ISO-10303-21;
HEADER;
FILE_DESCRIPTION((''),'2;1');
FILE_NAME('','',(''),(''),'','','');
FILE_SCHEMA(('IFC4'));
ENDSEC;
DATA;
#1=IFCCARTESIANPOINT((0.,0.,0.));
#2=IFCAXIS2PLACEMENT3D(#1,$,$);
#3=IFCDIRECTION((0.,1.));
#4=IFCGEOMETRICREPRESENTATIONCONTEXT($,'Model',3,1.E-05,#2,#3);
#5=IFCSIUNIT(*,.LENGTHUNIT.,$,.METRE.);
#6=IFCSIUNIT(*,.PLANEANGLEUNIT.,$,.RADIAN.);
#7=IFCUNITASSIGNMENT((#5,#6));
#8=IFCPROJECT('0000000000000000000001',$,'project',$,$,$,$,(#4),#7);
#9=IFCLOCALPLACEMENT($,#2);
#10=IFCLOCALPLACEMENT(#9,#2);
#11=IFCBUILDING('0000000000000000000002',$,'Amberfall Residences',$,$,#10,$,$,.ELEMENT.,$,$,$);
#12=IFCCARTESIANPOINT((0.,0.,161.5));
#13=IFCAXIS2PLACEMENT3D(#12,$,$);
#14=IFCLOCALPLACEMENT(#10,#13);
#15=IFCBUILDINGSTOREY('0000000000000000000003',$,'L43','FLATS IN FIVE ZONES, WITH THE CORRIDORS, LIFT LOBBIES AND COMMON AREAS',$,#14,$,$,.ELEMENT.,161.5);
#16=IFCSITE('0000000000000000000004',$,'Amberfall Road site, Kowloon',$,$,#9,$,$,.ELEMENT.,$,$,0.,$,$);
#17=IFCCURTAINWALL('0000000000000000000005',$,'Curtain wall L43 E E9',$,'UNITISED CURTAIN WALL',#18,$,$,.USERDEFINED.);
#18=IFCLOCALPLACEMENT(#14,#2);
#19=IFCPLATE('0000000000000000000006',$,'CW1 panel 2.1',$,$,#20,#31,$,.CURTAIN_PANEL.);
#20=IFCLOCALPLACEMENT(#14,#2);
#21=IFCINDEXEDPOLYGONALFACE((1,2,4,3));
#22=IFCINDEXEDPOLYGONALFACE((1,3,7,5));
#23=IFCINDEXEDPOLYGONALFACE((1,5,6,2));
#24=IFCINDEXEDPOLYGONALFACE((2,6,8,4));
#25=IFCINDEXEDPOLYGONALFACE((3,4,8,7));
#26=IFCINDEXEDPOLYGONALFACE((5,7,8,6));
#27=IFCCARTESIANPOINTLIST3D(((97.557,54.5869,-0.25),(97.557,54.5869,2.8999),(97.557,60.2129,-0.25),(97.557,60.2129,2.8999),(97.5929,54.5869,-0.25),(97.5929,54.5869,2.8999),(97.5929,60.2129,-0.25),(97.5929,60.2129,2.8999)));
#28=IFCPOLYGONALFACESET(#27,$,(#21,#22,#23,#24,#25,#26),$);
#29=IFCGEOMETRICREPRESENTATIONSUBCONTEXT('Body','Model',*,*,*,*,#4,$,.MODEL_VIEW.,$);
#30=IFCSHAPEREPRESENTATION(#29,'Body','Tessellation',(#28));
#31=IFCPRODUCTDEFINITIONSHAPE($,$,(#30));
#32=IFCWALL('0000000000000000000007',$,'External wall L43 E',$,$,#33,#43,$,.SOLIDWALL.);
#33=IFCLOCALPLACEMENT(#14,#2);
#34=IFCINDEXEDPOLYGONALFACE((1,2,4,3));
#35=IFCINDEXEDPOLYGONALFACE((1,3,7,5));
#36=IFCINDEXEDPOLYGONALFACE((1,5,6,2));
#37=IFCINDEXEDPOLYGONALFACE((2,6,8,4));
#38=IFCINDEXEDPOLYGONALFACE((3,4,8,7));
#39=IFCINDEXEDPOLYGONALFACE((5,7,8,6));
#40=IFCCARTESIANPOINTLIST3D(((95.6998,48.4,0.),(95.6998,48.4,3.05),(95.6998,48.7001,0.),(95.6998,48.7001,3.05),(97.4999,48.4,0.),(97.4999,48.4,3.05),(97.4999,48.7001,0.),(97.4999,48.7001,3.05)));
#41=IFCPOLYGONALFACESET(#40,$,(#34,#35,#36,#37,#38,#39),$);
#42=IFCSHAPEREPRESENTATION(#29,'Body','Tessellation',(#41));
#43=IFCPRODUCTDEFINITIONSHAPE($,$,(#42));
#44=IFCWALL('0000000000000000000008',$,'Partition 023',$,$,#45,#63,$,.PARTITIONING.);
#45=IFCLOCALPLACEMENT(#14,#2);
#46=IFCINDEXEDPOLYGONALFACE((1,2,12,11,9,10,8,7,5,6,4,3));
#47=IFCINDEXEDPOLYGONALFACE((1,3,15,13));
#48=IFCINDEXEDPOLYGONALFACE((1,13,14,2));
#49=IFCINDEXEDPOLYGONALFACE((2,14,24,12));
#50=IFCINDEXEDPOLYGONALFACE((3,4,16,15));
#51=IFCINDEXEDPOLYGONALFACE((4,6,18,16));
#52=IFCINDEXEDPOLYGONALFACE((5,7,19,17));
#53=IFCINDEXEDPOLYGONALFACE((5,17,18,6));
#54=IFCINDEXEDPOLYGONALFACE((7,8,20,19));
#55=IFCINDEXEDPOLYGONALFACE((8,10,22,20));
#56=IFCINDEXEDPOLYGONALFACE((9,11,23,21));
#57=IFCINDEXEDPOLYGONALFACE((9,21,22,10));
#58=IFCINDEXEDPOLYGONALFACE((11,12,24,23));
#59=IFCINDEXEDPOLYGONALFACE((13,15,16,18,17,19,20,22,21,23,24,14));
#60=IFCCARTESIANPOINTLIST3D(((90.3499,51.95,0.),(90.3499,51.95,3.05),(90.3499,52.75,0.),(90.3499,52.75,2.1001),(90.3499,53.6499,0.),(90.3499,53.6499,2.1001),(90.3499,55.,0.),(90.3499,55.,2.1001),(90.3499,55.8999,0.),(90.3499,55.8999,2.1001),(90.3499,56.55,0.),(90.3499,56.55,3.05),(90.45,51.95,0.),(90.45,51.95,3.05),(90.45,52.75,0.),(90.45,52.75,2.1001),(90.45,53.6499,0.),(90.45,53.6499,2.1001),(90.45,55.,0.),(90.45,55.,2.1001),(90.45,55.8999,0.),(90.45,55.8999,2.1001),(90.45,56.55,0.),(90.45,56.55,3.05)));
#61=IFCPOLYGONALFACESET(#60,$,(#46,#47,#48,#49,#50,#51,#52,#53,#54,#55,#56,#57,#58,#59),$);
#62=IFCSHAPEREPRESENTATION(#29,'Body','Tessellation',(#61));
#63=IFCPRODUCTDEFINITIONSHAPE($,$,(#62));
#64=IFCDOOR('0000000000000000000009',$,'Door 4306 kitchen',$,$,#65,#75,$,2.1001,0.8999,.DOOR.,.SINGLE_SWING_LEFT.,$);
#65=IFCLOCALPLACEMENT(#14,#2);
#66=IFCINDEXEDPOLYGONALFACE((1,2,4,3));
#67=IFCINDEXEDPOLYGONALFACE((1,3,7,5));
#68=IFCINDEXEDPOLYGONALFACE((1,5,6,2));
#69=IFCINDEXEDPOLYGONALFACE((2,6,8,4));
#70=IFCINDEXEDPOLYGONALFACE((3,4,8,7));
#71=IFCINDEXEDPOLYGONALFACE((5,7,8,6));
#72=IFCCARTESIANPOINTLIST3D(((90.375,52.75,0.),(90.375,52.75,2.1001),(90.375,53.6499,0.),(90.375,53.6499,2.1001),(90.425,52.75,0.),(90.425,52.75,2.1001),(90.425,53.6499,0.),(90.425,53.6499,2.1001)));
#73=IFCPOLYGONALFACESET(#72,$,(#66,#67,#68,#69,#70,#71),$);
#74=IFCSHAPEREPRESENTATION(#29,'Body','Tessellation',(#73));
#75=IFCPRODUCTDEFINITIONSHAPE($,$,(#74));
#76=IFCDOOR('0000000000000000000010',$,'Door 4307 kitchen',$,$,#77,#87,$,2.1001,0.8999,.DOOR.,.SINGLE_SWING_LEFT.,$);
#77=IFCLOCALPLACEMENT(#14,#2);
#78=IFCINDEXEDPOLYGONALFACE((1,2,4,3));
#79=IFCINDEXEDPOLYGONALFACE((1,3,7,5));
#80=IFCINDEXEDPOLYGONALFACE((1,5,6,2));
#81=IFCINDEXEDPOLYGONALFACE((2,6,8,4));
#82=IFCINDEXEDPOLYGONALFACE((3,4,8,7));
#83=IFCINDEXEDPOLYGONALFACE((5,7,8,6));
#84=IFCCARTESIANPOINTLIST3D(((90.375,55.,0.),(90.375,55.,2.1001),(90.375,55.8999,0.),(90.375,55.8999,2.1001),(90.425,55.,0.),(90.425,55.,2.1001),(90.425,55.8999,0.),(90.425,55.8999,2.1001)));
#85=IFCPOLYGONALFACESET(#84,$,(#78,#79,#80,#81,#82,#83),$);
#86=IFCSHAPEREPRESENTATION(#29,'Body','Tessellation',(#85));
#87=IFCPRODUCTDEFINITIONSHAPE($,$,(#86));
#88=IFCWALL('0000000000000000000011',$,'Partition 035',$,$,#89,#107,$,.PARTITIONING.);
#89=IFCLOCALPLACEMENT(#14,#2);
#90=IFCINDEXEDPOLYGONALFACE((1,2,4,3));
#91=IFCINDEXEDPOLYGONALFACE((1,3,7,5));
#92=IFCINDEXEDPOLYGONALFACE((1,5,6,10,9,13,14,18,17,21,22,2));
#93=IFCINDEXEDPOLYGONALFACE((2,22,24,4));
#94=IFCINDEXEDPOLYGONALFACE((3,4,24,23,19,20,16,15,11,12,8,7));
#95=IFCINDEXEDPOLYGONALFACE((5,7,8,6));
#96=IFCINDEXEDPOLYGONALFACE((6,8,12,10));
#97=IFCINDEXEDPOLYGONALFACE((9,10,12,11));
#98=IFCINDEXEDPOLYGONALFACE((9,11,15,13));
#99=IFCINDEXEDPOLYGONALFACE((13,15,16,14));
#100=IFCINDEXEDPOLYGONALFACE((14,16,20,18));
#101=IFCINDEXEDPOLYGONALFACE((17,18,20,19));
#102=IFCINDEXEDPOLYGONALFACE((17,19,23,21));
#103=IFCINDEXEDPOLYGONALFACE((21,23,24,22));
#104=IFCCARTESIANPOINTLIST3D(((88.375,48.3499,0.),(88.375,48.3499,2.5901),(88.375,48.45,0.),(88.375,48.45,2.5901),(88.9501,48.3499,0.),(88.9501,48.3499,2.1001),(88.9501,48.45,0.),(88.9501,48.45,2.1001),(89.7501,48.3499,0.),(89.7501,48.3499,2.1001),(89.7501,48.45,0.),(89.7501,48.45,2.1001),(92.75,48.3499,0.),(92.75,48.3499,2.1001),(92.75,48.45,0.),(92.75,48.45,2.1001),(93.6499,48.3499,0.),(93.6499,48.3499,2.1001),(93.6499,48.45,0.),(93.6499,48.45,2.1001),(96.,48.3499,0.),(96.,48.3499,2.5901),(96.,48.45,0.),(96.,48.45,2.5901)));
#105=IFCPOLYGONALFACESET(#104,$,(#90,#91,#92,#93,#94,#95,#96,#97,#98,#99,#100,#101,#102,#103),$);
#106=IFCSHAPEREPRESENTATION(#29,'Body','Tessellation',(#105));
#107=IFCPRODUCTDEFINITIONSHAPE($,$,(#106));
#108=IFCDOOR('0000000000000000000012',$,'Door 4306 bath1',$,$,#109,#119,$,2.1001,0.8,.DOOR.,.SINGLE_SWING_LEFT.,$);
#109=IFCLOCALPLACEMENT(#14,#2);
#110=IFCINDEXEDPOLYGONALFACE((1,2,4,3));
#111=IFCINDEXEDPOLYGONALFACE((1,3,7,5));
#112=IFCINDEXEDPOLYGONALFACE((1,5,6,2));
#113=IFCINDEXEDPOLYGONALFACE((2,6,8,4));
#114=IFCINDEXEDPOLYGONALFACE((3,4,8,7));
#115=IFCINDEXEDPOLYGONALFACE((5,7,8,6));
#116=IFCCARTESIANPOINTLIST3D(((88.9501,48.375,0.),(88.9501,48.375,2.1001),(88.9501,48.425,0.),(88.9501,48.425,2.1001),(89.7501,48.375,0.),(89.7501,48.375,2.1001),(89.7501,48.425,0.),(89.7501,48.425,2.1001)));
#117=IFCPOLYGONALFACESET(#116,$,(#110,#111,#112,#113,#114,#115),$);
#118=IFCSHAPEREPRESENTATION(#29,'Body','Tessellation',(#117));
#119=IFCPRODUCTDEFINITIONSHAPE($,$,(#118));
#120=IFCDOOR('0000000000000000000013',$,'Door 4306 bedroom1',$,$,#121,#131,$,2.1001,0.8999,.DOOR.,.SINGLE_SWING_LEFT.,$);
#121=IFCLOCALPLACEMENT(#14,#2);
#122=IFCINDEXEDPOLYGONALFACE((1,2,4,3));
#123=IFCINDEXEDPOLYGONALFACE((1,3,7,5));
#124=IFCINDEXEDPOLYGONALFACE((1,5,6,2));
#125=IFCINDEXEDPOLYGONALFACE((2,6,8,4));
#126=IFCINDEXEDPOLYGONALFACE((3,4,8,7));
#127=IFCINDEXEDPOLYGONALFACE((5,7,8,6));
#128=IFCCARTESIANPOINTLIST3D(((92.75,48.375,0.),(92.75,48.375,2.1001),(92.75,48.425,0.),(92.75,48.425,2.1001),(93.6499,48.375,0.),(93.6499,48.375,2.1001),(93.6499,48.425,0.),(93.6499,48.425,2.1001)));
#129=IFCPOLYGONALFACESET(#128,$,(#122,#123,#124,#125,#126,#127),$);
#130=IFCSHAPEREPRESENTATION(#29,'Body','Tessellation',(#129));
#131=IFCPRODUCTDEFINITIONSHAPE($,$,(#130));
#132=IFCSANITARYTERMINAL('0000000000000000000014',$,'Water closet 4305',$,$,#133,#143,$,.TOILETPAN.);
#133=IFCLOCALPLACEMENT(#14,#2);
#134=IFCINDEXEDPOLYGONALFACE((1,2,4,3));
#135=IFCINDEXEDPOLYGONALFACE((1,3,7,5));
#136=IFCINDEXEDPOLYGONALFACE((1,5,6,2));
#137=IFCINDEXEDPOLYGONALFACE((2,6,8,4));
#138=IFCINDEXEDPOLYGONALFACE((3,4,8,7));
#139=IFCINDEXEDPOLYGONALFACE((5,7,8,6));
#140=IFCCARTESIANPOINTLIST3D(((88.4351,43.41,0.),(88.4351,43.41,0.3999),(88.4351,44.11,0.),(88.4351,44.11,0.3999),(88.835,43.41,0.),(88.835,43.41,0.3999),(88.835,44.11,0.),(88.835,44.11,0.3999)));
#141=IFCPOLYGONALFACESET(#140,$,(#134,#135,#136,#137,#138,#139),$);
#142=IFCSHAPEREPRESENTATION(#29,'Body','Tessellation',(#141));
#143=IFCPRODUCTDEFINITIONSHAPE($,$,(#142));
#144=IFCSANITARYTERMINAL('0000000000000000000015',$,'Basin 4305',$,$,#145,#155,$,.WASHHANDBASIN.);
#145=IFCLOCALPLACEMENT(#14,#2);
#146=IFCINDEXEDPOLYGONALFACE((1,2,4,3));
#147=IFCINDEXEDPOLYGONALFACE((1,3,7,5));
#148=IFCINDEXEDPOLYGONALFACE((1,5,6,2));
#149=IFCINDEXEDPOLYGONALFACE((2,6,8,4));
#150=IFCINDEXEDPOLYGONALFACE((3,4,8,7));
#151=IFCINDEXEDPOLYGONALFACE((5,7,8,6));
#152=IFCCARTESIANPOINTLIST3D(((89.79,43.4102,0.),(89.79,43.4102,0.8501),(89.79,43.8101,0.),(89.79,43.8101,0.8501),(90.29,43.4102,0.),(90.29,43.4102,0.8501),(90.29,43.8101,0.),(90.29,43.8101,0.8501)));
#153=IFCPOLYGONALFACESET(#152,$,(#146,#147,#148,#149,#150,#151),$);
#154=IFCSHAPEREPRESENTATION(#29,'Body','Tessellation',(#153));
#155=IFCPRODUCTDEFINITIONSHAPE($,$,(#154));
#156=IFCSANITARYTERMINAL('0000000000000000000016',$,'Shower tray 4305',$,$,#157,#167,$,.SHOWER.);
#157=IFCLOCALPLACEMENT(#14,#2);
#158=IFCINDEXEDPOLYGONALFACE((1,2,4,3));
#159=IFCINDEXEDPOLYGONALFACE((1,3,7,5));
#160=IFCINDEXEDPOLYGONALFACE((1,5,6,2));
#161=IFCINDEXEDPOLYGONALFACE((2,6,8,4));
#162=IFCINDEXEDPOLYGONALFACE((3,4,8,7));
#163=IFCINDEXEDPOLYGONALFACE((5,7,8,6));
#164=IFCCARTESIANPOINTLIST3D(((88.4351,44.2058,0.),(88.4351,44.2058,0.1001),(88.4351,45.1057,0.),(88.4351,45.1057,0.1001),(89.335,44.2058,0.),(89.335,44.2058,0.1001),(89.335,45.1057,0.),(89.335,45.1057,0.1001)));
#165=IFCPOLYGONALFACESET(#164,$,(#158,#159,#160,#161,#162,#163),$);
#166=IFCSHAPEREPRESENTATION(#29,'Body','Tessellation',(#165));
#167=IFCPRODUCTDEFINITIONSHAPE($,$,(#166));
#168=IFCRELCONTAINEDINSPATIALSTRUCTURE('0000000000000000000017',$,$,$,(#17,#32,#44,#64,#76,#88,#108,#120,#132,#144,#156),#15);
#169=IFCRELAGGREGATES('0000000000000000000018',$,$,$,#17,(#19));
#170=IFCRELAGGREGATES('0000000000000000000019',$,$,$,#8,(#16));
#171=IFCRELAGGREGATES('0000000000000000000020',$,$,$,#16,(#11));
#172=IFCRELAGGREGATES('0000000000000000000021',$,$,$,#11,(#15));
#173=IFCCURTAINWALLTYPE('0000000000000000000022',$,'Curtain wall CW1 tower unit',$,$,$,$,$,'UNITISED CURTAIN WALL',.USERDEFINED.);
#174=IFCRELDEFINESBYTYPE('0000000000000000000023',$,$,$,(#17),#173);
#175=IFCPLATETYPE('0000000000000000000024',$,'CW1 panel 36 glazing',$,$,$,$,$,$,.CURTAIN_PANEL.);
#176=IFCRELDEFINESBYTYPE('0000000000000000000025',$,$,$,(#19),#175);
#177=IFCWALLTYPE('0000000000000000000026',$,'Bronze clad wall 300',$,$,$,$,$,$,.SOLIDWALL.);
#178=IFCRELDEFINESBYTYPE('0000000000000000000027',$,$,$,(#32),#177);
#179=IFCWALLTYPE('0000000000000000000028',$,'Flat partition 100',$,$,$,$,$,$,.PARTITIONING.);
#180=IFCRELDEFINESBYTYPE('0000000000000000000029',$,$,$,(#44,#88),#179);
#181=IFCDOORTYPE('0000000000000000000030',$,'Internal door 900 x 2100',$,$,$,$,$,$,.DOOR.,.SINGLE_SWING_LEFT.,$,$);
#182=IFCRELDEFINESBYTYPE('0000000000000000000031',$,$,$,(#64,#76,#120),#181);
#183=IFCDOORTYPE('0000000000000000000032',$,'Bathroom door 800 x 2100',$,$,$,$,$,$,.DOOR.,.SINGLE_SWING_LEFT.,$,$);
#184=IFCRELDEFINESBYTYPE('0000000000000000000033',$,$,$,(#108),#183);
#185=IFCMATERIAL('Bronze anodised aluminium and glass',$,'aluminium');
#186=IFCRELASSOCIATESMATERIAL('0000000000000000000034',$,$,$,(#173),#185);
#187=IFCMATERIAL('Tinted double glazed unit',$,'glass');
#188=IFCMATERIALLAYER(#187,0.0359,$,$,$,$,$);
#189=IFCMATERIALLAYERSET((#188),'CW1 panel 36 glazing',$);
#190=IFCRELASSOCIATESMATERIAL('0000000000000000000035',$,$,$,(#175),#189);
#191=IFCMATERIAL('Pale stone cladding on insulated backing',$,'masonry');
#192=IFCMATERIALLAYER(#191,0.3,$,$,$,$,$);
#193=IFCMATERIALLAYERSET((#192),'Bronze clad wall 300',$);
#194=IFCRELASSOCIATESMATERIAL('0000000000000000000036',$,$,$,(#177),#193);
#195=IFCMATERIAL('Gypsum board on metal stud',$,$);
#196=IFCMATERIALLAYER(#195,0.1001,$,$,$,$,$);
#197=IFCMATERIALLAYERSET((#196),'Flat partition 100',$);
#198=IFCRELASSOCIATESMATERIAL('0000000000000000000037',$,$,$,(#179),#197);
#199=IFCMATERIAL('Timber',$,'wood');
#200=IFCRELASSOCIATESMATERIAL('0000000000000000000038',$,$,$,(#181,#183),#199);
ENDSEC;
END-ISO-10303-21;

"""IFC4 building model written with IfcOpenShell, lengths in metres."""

from ifc_helpers import new_model, si_unit, direction, frame, frame_2d, origin, origin_2d, place, context, subcontext, project, spatial, rectangle, extrude, material, layer, layer_set, type_object, element, fill, aggregate, save


model = new_model("IFC4")

# Units and contexts
model_context = context("Model", 3, precision=1e-05, world=origin(), true_north=direction((0.0, 1.0)))
body_context = subcontext(model_context, "Body", "Model", "MODEL_VIEW")
ifc_project = project(units=[si_unit("LENGTHUNIT", "METRE"), si_unit("PLANEANGLEUNIT", "RADIAN")], contexts=[model_context])

# Site, building, storey
site_placement = place(None, origin())
site = spatial("IfcSite", under=ifc_project, at=site_placement, Name="Amberfall Road site, Kowloon", CompositionType="ELEMENT", RefElevation=0.0)
building_placement = place(site_placement, origin())
building = spatial("IfcBuilding", under=site, at=building_placement, Name="Amberfall Residences", CompositionType="ELEMENT")
storey_placement = place(building_placement, frame((0.0, 0.0, 161.5)))
storey = spatial("IfcBuildingStorey", under=building, at=storey_placement, Name="L43", Description="FLATS IN FIVE ZONES, WITH THE CORRIDORS, LIFT LOBBIES AND COMMON AREAS", CompositionType="ELEMENT", Elevation=161.5)

# Curtain wall
ifc_material_1 = material(Name="Bronze anodised aluminium and glass", Category="aluminium")
curtain_wall_type = type_object("IfcCurtainWallType", Name="Curtain wall CW1 tower unit", ElementType="UNITISED CURTAIN WALL", PredefinedType="USERDEFINED", material=ifc_material_1)
curtain_wall_placement = place(storey_placement, origin())
curtain_wall = element("IfcCurtainWall", 1, at=curtain_wall_placement, inside=storey, type_object=curtain_wall_type, Name="Curtain wall L43 E E9", ObjectType="UNITISED CURTAIN WALL", PredefinedType="USERDEFINED")

# Plate
ifc_material_2 = material(Name="Tinted double glazed unit", Category="glass")
ifc_layer_1 = layer(ifc_material_2, 0.0359)
ifc_layer_set_1 = layer_set([ifc_layer_1], Name="CW1 panel 36 glazing")
plate_type = type_object("IfcPlateType", Name="CW1 panel 36 glazing", PredefinedType="CURTAIN_PANEL", material=ifc_layer_set_1)
plate_1_placement = place(storey_placement, frame((97.575, 57.3999, -0.25), z_axis=(0.0, 0.0, 1.0), x_axis=(0.0, 1.0, 0.0)))
plate_1 = element("IfcPlate", 2, at=plate_1_placement, type_object=plate_type, Name="CW1 panel 2.1", PredefinedType="CURTAIN_PANEL", context=body_context, shape_type="SweptSolid", body=[
    extrude(rectangle(XDim=5.626, YDim=0.0359, at=origin_2d()), origin(), (0.0, 0.0, 1.0), 3.1499),
])
aggregate(curtain_wall, [plate_1])

# Wall
ifc_material_3 = material(Name="Pale stone cladding on insulated backing", Category="masonry")
ifc_layer_2 = layer(ifc_material_3, 0.3)
ifc_layer_set_2 = layer_set([ifc_layer_2], Name="Bronze clad wall 300")
wall_type_1 = type_object("IfcWallType", Name="Bronze clad wall 300", PredefinedType="SOLIDWALL", material=ifc_layer_set_2)
wall_1_placement = place(storey_placement, frame((95.7, 48.55, 0.0), z_axis=(0.0, 0.0, 1.0), x_axis=(1.0, 0.0, 0.0)))
element("IfcWall", 3, at=wall_1_placement, inside=storey, type_object=wall_type_1, Name="External wall L43 E", PredefinedType="SOLIDWALL", context=body_context, shape_type="SweptSolid", body=[
    extrude(rectangle(XDim=1.8, YDim=0.3, at=frame_2d((0.8999, 0.0))), origin(), (0.0, 0.0, 1.0), 3.05),
])

# Walls, openings, doors
ifc_material_4 = material(Name="Gypsum board on metal stud")
ifc_layer_3 = layer(ifc_material_4, 0.1001)
ifc_layer_set_3 = layer_set([ifc_layer_3], Name="Flat partition 100")
wall_type_2 = type_object("IfcWallType", Name="Flat partition 100", PredefinedType="PARTITIONING", material=ifc_layer_set_3)
wall_2_placement = place(storey_placement, frame((90.3999, 51.95, 0.0), z_axis=(0.0, 0.0, 1.0), x_axis=(0.0, 1.0, 0.0)))
wall_2 = element("IfcWall", 4, at=wall_2_placement, inside=storey, type_object=wall_type_2, Name="Partition 023", PredefinedType="PARTITIONING", context=body_context, shape_type="SweptSolid", body=[
    extrude(rectangle(XDim=4.6001, YDim=0.1001, at=frame_2d((2.3, 0.0))), origin(), (0.0, 0.0, 1.0), 3.05),
])
opening_1_placement = place(wall_2_placement, frame((0.8, 0.0, 0.0)))
opening_1 = element("IfcOpeningElement", 5, at=opening_1_placement, cuts=wall_2, PredefinedType="OPENING", context=body_context, shape_type="SweptSolid", body=[
    extrude(rectangle(XDim=0.8999, YDim=2.1001, at=frame_2d((0.45, 1.05))), frame((0.0, 0.0601, 0.0), z_axis=(0.0, -1.0, 0.0), x_axis=(1.0, 0.0, 0.0)), (0.0, 0.0, 1.0), 0.1201),
])
opening_2_placement = place(wall_2_placement, frame((3.05, 0.0, 0.0)))
opening_2 = element("IfcOpeningElement", 6, at=opening_2_placement, cuts=wall_2, PredefinedType="OPENING", context=body_context, shape_type="SweptSolid", body=[
    extrude(rectangle(XDim=0.8999, YDim=2.1001, at=frame_2d((0.45, 1.05))), frame((0.0, 0.0601, 0.0), z_axis=(0.0, -1.0, 0.0), x_axis=(1.0, 0.0, 0.0)), (0.0, 0.0, 1.0), 0.1201),
])
ifc_material_5 = material(Name="Timber", Category="wood")
door_type_1 = type_object("IfcDoorType", Name="Internal door 900 x 2100", OperationType="SINGLE_SWING_LEFT", PredefinedType="DOOR", material=ifc_material_5)
door_1_placement = place(opening_1_placement, origin())
door_1 = element("IfcDoor", 7, at=door_1_placement, inside=storey, type_object=door_type_1, Name="Door 4306 kitchen", OperationType="SINGLE_SWING_LEFT", OverallHeight=2.1001, OverallWidth=0.8999, PredefinedType="DOOR", context=body_context, shape_type="SweptSolid", body=[
    extrude(rectangle(XDim=0.8999, YDim=2.1001, at=frame_2d((0.45, 1.05))), frame((0.0, 0.0249, 0.0), z_axis=(0.0, -1.0, 0.0), x_axis=(1.0, 0.0, 0.0)), (0.0, 0.0, 1.0), 0.05),
])
fill(opening_1, door_1)
door_2_placement = place(opening_2_placement, origin())
door_2 = element("IfcDoor", 8, at=door_2_placement, inside=storey, type_object=door_type_1, Name="Door 4307 kitchen", OperationType="SINGLE_SWING_LEFT", OverallHeight=2.1001, OverallWidth=0.8999, PredefinedType="DOOR", context=body_context, shape_type="SweptSolid", body=[
    extrude(rectangle(XDim=0.8999, YDim=2.1001, at=frame_2d((0.45, 1.05))), frame((0.0, 0.0249, 0.0), z_axis=(0.0, -1.0, 0.0), x_axis=(1.0, 0.0, 0.0)), (0.0, 0.0, 1.0), 0.05),
])
fill(opening_2, door_2)
wall_3_placement = place(storey_placement, frame((96.0, 48.3999, 0.0), z_axis=(0.0, 0.0, 1.0), x_axis=(-1.0, 0.0, 0.0)))
wall_3 = element("IfcWall", 9, at=wall_3_placement, inside=storey, type_object=wall_type_2, Name="Partition 035", PredefinedType="PARTITIONING", context=body_context, shape_type="SweptSolid", body=[
    extrude(rectangle(XDim=7.625, YDim=0.1001, at=frame_2d((3.8125, 0.0))), origin(), (0.0, 0.0, 1.0), 2.5901),
])
opening_3_placement = place(wall_3_placement, frame((2.3501, 0.0, 0.0)))
opening_3 = element("IfcOpeningElement", 10, at=opening_3_placement, cuts=wall_3, PredefinedType="OPENING", context=body_context, shape_type="SweptSolid", body=[
    extrude(rectangle(XDim=0.8999, YDim=2.1001, at=frame_2d((0.45, 1.05))), frame((0.0, 0.0601, 0.0), z_axis=(0.0, -1.0, 0.0), x_axis=(1.0, 0.0, 0.0)), (0.0, 0.0, 1.0), 0.1201),
])
opening_4_placement = place(wall_3_placement, frame((6.25, 0.0, 0.0)))
opening_4 = element("IfcOpeningElement", 11, at=opening_4_placement, cuts=wall_3, PredefinedType="OPENING", context=body_context, shape_type="SweptSolid", body=[
    extrude(rectangle(XDim=0.8, YDim=2.1001, at=frame_2d((0.3999, 1.05))), frame((0.0, 0.0601, 0.0), z_axis=(0.0, -1.0, 0.0), x_axis=(1.0, 0.0, 0.0)), (0.0, 0.0, 1.0), 0.1201),
])
door_type_2 = type_object("IfcDoorType", Name="Bathroom door 800 x 2100", OperationType="SINGLE_SWING_LEFT", PredefinedType="DOOR", material=ifc_material_5)
door_3_placement = place(opening_4_placement, origin())
door_3 = element("IfcDoor", 12, at=door_3_placement, inside=storey, type_object=door_type_2, Name="Door 4306 bath1", OperationType="SINGLE_SWING_LEFT", OverallHeight=2.1001, OverallWidth=0.8, PredefinedType="DOOR", context=body_context, shape_type="SweptSolid", body=[
    extrude(rectangle(XDim=0.8, YDim=2.1001, at=frame_2d((0.3999, 1.05))), frame((0.0, 0.0249, 0.0), z_axis=(0.0, -1.0, 0.0), x_axis=(1.0, 0.0, 0.0)), (0.0, 0.0, 1.0), 0.05),
])
fill(opening_4, door_3)
door_4_placement = place(opening_3_placement, origin())
door_4 = element("IfcDoor", 13, at=door_4_placement, inside=storey, type_object=door_type_1, Name="Door 4306 bedroom1", OperationType="SINGLE_SWING_LEFT", OverallHeight=2.1001, OverallWidth=0.8999, PredefinedType="DOOR", context=body_context, shape_type="SweptSolid", body=[
    extrude(rectangle(XDim=0.8999, YDim=2.1001, at=frame_2d((0.45, 1.05))), frame((0.0, 0.0249, 0.0), z_axis=(0.0, -1.0, 0.0), x_axis=(1.0, 0.0, 0.0)), (0.0, 0.0, 1.0), 0.05),
])
fill(opening_3, door_4)

# Sanitary terminals
sanitary_terminal_1_placement = place(storey_placement, frame((88.635, 43.76, 0.0), z_axis=(0.0, 0.0, 1.0), x_axis=(1.0, 0.0, 0.0)))
element("IfcSanitaryTerminal", 14, at=sanitary_terminal_1_placement, inside=storey, Name="Water closet 4305", PredefinedType="TOILETPAN", context=body_context, shape_type="SweptSolid", body=[
    extrude(rectangle(XDim=0.3999, YDim=0.7, at=origin_2d()), origin(), (0.0, 0.0, 1.0), 0.3999),
])
sanitary_terminal_2_placement = place(storey_placement, frame((90.04, 43.6101, 0.0), z_axis=(0.0, 0.0, 1.0), x_axis=(1.0, 0.0, 0.0)))
element("IfcSanitaryTerminal", 15, at=sanitary_terminal_2_placement, inside=storey, Name="Basin 4305", PredefinedType="WASHHANDBASIN", context=body_context, shape_type="SweptSolid", body=[
    extrude(rectangle(XDim=0.5, YDim=0.3999, at=origin_2d()), origin(), (0.0, 0.0, 1.0), 0.8501),
])
sanitary_terminal_3_placement = place(storey_placement, frame((88.885, 44.6558, 0.0), z_axis=(0.0, 0.0, 1.0), x_axis=(1.0, 0.0, 0.0)))
element("IfcSanitaryTerminal", 16, at=sanitary_terminal_3_placement, inside=storey, Name="Shower tray 4305", PredefinedType="SHOWER", context=body_context, shape_type="SweptSolid", body=[
    extrude(rectangle(XDim=0.8999, YDim=0.8999, at=origin_2d()), origin(), (0.0, 0.0, 1.0), 0.1001),
])

save(model, "model.ifc")
